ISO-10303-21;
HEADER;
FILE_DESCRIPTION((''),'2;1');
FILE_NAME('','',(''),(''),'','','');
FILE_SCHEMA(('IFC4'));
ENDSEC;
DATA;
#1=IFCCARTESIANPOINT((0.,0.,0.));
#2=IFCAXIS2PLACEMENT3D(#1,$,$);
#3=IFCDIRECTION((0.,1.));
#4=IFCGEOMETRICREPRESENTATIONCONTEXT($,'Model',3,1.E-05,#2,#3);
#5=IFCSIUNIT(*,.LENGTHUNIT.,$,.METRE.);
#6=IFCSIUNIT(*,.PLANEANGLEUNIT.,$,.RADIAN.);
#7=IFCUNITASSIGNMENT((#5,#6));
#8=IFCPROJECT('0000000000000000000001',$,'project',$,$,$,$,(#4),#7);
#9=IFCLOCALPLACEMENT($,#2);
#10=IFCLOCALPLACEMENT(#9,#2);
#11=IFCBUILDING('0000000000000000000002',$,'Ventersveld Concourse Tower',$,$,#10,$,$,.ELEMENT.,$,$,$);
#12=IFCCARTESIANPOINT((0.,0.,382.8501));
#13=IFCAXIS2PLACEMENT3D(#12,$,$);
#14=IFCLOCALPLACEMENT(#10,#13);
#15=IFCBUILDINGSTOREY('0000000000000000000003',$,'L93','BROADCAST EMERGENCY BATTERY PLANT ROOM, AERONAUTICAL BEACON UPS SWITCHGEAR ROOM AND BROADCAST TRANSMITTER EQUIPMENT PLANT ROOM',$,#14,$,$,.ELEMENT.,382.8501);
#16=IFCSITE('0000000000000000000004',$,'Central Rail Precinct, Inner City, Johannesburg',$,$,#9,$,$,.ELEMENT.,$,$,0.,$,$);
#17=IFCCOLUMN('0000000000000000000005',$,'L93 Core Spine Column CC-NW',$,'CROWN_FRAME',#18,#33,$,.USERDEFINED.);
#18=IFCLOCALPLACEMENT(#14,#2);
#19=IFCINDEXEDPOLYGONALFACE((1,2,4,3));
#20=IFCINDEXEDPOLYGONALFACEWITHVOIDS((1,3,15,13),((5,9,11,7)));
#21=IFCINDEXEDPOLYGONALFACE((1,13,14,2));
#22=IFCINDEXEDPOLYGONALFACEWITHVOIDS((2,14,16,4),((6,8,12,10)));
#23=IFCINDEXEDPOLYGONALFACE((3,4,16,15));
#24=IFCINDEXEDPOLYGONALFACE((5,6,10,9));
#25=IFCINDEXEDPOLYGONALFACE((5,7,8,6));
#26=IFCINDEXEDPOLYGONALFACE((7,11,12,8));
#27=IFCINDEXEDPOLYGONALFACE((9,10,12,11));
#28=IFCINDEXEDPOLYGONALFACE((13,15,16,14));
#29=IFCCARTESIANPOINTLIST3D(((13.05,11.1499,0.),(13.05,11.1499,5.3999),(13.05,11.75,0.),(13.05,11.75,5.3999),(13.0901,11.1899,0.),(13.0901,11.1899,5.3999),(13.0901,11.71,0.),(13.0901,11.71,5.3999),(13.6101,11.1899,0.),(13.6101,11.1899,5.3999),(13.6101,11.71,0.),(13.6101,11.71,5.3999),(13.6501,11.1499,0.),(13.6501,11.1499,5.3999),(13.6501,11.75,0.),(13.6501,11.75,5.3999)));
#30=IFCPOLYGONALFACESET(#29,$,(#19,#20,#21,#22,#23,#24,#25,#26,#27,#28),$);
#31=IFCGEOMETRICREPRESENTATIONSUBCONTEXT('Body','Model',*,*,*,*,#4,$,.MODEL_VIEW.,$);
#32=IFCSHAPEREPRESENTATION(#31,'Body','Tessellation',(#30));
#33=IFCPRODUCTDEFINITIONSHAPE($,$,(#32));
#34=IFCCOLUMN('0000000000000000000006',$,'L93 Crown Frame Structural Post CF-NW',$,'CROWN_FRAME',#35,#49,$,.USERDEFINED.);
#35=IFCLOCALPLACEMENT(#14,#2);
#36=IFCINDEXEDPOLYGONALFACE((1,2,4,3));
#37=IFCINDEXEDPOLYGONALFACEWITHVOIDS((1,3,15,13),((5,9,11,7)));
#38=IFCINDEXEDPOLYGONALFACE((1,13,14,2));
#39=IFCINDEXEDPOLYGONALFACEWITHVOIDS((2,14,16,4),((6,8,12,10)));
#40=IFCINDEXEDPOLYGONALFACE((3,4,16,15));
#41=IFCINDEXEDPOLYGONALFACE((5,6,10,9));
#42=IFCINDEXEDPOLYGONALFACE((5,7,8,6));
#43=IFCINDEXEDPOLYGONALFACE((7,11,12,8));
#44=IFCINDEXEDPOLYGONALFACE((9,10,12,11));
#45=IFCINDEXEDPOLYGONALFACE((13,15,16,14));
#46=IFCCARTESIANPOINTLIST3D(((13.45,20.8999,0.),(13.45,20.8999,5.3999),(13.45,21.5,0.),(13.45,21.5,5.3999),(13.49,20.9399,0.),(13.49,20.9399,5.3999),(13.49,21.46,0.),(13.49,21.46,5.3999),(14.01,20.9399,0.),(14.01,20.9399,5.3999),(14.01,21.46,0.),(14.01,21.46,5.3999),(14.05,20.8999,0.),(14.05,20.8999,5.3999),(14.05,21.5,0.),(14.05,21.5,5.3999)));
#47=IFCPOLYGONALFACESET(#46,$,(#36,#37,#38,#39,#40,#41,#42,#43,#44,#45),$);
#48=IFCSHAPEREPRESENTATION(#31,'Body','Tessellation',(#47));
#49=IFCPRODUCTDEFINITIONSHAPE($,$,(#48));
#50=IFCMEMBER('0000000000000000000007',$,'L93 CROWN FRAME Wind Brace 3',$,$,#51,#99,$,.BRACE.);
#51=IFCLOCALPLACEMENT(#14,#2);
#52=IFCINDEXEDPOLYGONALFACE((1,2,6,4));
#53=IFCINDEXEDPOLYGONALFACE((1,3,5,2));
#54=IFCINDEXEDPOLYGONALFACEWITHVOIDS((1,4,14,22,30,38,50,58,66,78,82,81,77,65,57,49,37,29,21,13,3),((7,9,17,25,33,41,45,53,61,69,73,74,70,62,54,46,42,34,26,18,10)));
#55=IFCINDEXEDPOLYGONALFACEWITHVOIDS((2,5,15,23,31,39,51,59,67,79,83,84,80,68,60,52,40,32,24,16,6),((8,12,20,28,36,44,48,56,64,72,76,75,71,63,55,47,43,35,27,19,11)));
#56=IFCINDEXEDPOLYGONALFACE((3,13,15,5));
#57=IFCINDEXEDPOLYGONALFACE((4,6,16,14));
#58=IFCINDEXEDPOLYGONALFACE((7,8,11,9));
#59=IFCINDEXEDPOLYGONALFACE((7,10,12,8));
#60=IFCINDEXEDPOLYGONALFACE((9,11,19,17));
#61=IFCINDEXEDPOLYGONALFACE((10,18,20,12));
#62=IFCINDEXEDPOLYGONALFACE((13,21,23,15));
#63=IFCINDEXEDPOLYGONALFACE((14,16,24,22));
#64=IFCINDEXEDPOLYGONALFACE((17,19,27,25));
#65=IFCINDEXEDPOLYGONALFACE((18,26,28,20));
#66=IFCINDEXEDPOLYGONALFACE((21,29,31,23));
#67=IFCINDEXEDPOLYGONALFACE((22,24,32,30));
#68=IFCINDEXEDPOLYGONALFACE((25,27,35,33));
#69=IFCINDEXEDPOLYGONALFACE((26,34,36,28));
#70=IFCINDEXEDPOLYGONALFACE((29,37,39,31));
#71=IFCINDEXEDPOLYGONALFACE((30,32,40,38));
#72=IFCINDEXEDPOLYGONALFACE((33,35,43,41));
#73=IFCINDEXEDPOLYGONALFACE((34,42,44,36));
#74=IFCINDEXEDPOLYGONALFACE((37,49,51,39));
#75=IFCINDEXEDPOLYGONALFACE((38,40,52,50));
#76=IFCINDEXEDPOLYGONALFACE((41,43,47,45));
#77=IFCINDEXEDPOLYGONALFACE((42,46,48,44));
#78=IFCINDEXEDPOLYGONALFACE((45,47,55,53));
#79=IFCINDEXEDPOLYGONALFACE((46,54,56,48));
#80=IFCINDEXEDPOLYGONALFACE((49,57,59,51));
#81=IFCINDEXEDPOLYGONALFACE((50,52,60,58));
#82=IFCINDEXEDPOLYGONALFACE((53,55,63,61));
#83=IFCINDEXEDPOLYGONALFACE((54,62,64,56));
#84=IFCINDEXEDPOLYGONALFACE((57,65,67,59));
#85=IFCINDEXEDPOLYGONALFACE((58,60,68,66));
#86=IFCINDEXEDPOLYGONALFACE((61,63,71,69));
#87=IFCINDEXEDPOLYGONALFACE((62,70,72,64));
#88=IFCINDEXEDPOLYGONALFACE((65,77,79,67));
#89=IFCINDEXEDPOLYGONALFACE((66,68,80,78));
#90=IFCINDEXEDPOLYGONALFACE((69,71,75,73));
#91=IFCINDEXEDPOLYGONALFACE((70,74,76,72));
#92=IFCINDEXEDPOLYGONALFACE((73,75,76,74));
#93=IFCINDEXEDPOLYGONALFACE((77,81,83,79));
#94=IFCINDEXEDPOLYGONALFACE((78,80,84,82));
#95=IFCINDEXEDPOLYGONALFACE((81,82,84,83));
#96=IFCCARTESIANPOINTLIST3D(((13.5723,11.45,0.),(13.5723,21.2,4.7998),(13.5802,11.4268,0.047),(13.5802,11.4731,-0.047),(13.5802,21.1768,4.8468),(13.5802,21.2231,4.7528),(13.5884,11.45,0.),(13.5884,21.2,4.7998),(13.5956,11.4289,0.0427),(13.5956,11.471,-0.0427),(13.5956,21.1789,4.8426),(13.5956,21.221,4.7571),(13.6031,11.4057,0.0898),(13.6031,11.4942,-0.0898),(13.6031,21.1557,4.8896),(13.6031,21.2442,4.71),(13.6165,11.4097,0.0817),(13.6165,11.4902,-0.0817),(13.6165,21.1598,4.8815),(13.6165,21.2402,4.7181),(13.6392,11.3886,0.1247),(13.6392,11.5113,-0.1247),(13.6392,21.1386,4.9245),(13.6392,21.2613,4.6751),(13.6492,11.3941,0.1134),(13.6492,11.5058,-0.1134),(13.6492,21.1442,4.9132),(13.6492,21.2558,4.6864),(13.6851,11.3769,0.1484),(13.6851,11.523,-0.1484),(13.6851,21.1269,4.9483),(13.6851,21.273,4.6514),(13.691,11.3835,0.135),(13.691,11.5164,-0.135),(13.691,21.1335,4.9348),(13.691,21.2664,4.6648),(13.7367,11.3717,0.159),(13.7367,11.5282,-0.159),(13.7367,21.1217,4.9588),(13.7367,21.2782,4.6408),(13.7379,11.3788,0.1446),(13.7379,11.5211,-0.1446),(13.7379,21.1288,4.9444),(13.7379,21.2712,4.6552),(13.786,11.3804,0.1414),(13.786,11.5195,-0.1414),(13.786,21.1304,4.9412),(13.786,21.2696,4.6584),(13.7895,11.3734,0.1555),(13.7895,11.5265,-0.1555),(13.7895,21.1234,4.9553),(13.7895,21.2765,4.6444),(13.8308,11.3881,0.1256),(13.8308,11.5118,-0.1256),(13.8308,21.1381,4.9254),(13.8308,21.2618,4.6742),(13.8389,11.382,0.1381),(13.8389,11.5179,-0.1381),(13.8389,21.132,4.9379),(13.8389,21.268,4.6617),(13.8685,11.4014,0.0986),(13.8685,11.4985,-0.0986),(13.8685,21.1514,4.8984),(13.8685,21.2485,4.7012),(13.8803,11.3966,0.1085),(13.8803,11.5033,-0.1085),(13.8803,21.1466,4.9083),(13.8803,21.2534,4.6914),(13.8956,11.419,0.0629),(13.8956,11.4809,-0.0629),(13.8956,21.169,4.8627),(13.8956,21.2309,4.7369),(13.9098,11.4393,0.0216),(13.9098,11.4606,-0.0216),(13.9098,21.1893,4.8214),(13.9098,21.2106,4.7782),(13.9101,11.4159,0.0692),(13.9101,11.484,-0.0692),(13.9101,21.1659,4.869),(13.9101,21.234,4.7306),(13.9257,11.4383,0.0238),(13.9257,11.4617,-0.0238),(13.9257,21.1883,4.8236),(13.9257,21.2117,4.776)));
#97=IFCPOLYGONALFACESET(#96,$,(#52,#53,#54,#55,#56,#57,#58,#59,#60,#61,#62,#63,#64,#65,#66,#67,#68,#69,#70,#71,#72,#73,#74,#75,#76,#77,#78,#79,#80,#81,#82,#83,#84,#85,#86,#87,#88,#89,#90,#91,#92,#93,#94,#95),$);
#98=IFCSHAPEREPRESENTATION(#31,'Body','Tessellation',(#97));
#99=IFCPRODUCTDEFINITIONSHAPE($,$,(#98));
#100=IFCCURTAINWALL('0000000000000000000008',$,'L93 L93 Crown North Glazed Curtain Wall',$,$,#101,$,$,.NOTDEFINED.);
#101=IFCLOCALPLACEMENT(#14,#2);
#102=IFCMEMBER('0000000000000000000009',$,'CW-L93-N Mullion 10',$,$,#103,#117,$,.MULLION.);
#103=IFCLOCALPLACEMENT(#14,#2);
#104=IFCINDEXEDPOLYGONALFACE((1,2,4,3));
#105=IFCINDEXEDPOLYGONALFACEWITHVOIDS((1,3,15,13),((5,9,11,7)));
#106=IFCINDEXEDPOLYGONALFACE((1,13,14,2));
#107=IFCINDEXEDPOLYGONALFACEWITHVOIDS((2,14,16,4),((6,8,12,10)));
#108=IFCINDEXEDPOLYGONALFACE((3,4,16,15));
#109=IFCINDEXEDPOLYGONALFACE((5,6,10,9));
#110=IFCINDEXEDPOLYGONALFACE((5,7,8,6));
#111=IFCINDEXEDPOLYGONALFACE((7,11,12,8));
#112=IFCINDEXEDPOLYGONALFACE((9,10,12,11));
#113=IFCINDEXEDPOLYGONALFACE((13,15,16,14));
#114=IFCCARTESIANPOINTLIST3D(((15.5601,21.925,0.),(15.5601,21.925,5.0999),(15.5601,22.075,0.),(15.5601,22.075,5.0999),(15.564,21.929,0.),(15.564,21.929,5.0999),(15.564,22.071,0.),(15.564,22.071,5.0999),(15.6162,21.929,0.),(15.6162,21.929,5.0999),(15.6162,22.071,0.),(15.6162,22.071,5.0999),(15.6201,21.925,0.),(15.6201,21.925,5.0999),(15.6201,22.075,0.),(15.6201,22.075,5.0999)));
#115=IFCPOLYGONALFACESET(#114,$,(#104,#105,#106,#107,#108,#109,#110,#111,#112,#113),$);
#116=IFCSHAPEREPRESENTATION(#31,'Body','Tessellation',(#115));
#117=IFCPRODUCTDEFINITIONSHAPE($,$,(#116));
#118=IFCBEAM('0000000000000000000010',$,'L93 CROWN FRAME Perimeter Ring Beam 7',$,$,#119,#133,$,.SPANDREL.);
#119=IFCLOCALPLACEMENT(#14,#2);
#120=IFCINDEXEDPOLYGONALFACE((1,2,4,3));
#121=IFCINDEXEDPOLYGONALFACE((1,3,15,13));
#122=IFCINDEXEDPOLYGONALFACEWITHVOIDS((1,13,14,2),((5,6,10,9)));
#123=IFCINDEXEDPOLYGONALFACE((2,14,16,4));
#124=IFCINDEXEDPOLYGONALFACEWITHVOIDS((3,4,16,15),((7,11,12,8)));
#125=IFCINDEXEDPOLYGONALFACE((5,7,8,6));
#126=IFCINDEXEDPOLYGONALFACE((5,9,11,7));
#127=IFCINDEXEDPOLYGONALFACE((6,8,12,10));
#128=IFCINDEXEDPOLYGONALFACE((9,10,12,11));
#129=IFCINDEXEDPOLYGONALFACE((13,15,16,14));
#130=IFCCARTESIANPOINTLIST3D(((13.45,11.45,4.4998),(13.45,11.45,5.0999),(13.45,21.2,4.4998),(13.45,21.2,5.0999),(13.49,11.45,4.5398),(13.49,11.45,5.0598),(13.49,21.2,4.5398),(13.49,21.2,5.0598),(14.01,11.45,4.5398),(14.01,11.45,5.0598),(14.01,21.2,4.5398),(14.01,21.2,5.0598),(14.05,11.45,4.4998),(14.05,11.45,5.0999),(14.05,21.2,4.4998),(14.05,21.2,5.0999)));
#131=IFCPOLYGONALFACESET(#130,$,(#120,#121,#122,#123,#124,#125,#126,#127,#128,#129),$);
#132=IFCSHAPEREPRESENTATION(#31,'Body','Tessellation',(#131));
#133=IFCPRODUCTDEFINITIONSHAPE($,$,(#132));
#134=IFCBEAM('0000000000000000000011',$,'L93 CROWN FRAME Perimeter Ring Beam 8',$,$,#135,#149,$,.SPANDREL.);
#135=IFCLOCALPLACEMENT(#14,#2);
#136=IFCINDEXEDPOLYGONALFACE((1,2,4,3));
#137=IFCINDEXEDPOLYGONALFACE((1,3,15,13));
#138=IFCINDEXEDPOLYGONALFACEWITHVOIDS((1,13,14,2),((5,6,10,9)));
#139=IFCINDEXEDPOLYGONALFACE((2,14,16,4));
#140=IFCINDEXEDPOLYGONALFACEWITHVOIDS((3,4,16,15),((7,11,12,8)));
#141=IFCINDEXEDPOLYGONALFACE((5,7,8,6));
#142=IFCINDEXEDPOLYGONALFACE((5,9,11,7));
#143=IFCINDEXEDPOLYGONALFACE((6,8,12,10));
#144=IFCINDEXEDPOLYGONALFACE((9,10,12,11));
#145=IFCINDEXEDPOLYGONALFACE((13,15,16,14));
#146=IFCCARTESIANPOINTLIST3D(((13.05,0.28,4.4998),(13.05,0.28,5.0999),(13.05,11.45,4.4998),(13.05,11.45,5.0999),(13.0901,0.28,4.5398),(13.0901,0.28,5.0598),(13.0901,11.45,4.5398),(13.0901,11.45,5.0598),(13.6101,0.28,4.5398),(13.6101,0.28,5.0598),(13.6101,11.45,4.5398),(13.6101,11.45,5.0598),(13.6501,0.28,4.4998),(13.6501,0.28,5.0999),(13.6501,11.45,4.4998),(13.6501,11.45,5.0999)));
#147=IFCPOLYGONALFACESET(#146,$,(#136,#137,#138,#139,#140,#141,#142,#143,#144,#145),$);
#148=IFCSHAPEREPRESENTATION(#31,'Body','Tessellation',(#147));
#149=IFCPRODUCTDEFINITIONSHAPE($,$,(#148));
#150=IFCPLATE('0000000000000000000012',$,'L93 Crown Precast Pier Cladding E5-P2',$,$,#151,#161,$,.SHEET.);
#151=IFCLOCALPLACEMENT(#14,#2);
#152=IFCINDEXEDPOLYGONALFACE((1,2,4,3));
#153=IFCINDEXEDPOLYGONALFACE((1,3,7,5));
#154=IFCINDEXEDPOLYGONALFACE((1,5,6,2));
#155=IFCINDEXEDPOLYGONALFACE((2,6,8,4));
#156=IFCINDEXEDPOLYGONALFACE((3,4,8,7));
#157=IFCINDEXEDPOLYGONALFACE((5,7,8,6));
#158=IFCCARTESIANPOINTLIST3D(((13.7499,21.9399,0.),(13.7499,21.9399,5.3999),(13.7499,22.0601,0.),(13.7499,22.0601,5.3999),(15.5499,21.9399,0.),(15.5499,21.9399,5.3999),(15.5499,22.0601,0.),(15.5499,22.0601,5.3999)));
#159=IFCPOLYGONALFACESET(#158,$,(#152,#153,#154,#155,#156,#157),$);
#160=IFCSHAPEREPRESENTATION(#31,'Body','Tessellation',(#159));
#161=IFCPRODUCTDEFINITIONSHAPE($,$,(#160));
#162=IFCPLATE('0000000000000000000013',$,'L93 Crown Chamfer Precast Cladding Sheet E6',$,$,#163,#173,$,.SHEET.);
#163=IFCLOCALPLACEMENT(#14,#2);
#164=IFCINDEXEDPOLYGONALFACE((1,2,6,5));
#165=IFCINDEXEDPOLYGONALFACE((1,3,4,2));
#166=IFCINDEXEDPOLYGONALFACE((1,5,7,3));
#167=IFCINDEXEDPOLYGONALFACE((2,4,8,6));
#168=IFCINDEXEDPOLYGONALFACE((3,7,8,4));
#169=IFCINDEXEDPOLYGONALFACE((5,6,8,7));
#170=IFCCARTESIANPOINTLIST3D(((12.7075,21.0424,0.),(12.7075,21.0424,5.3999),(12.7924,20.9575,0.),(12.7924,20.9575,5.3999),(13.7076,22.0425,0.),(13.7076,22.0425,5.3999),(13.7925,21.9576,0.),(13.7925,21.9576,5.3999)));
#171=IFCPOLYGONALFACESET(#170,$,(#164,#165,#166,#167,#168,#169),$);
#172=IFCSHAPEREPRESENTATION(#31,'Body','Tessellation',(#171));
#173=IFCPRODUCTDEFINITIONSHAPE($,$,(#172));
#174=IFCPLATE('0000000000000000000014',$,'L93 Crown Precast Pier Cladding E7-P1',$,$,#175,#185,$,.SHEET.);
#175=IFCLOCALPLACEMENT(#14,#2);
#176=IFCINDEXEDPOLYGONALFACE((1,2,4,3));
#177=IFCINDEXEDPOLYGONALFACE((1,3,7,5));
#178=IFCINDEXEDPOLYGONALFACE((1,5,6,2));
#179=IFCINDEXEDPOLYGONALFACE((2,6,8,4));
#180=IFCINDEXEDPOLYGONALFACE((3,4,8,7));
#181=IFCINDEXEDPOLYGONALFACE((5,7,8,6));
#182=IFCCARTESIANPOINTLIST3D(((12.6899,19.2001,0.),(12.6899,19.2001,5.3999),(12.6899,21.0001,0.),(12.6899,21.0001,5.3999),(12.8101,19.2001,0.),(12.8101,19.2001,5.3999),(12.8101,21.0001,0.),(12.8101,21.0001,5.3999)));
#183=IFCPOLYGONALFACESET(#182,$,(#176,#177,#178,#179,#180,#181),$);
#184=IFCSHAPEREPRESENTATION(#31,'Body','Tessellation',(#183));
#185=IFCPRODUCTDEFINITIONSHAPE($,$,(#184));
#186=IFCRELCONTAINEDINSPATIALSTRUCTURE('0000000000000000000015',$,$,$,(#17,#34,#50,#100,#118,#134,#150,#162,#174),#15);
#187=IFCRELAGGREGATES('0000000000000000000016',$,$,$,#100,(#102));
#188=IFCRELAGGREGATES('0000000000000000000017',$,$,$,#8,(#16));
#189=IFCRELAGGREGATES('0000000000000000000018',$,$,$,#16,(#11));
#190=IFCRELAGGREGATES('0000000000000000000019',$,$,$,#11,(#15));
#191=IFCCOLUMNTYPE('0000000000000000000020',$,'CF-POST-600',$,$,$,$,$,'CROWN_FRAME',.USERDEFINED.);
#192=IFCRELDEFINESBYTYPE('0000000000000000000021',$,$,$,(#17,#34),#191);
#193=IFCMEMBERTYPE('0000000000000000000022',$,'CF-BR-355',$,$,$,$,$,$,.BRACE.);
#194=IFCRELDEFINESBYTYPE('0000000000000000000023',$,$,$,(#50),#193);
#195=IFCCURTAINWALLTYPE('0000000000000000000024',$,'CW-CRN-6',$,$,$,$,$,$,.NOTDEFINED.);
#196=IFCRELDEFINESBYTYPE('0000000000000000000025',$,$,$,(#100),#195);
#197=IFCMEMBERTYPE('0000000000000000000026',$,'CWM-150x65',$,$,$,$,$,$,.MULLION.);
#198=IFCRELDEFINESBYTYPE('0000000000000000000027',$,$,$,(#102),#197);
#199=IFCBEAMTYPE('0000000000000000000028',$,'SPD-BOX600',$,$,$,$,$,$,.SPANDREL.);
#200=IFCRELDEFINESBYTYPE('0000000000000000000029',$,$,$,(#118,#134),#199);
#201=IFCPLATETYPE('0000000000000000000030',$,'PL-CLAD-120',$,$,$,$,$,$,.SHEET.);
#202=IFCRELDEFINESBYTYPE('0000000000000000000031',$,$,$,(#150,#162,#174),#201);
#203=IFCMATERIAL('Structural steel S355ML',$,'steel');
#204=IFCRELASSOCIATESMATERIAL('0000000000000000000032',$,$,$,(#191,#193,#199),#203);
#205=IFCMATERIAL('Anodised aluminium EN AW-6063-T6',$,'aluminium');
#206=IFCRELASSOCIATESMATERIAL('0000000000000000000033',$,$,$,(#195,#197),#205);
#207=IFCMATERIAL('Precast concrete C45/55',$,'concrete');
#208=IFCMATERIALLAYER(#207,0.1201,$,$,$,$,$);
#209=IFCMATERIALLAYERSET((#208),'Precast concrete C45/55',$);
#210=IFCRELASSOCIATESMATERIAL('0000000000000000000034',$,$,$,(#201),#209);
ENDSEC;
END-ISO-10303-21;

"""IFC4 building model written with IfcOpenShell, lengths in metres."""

from ifc_helpers import new_model, si_unit, direction, frame, origin, origin_2d, place, context, subcontext, project, spatial, rectangle, hollow_rectangle, hollow_circle, extrude, material, layer, layer_set, material_profile, profile_set, type_object, element, aggregate, save


model = new_model("IFC4")

# Units and contexts
model_context = context("Model", 3, precision=1e-05, world=origin(), true_north=direction((0.0, 1.0)))
body_context = subcontext(model_context, "Body", "Model", "MODEL_VIEW")
ifc_project = project(units=[si_unit("LENGTHUNIT", "METRE"), si_unit("PLANEANGLEUNIT", "RADIAN")], contexts=[model_context])

# Site, building, storey
site_placement = place(None, origin())
site = spatial("IfcSite", under=ifc_project, at=site_placement, Name="Central Rail Precinct, Inner City, Johannesburg", CompositionType="ELEMENT", RefElevation=0.0)
building_placement = place(site_placement, origin())
building = spatial("IfcBuilding", under=site, at=building_placement, Name="Ventersveld Concourse Tower", CompositionType="ELEMENT")
storey_placement = place(building_placement, frame((0.0, 0.0, 382.8501)))
storey = spatial("IfcBuildingStorey", under=building, at=storey_placement, Name="L93", Description="BROADCAST EMERGENCY BATTERY PLANT ROOM, AERONAUTICAL BEACON UPS SWITCHGEAR ROOM AND BROADCAST TRANSMITTER EQUIPMENT PLANT ROOM", CompositionType="ELEMENT", Elevation=382.8501)

# Columns
ifc_material_1 = material(Name="Structural steel S355ML", Category="steel")
ifc_material_profile_1 = material_profile(ifc_material_1, hollow_rectangle(XDim=0.6001, YDim=0.6001, WallThickness=0.04, at=origin_2d()), Name="BOX 600x600x40")
ifc_profile_set_1 = profile_set([ifc_material_profile_1], Name="Structural steel S355ML")
column_type = type_object("IfcColumnType", Name="CF-POST-600", ElementType="CROWN_FRAME", PredefinedType="USERDEFINED", material=ifc_profile_set_1)
for number, where, z_axis, x_axis, name in (
    (1, (13.3501, 11.45, 0.0), (0.0, 0.0, 1.0), (1.0, 0.0, 0.0), "L93 Core Spine Column CC-NW"),
    (2, (13.75, 21.2, 0.0), (0.0, 0.0, 1.0), (1.0, 0.0, 0.0), "L93 Crown Frame Structural Post CF-NW"),
):
    element("IfcColumn", number, at=place(storey_placement, frame(where, z_axis=z_axis, x_axis=x_axis)), inside=storey, type_object=column_type, Name=name, ObjectType="CROWN_FRAME", PredefinedType="USERDEFINED", context=body_context, shape_type="SweptSolid", body=[
        extrude(hollow_rectangle(XDim=0.6001, YDim=0.6001, WallThickness=0.04, at=origin_2d()), origin(), (0.0, 0.0, 1.0), 5.3999),
    ])

# Member
ifc_material_profile_2 = material_profile(ifc_material_1, hollow_circle(Radius=0.1777, WallThickness=0.0161, at=origin_2d()), Name="CHS 355.6x16")
ifc_profile_set_2 = profile_set([ifc_material_profile_2], Name="Structural steel S355ML")
member_type_1 = type_object("IfcMemberType", Name="CF-BR-355", PredefinedType="BRACE", material=ifc_profile_set_2)
member_1_placement = place(storey_placement, frame((13.75, 11.45, 0.0), z_axis=(0.0, 0.897178, 0.44167), x_axis=(-1.0, 0.0, 0.0)))
element("IfcMember", 3, at=member_1_placement, inside=storey, type_object=member_type_1, Name="L93 CROWN FRAME Wind Brace 3", PredefinedType="BRACE", context=body_context, shape_type="SweptSolid", body=[
    extrude(hollow_circle(Radius=0.1777, WallThickness=0.0161, at=origin_2d()), origin(), (0.0, 0.0, 1.0), 10.8674),
])

# Curtain wall, member
ifc_material_2 = material(Name="Anodised aluminium EN AW-6063-T6", Category="aluminium")
curtain_wall_type = type_object("IfcCurtainWallType", Name="CW-CRN-6", PredefinedType="NOTDEFINED", material=ifc_material_2)
curtain_wall_placement = place(storey_placement, origin())
curtain_wall = element("IfcCurtainWall", 4, at=curtain_wall_placement, inside=storey, type_object=curtain_wall_type, Name="L93 L93 Crown North Glazed Curtain Wall", PredefinedType="NOTDEFINED")
ifc_material_profile_3 = material_profile(ifc_material_2, hollow_rectangle(XDim=0.0601, YDim=0.1499, WallThickness=0.0039, at=origin_2d()), Name="ALU 150x60x4")
ifc_profile_set_3 = profile_set([ifc_material_profile_3], Name="Anodised aluminium EN AW-6063-T6")
member_type_2 = type_object("IfcMemberType", Name="CWM-150x65", PredefinedType="MULLION", material=ifc_profile_set_3)
member_2_placement = place(storey_placement, frame((15.5901, 22.0, 0.0), z_axis=(0.0, 0.0, 1.0), x_axis=(1.0, 0.0, 0.0)))
member_2 = element("IfcMember", 5, at=member_2_placement, type_object=member_type_2, Name="CW-L93-N Mullion 10", PredefinedType="MULLION", context=body_context, shape_type="SweptSolid", body=[
    extrude(hollow_rectangle(XDim=0.0601, YDim=0.1499, WallThickness=0.0039, at=origin_2d()), origin(), (0.0, 0.0, 1.0), 5.0999),
])
aggregate(curtain_wall, [member_2])

# Beams
ifc_material_profile_4 = material_profile(ifc_material_1, hollow_rectangle(XDim=0.6001, YDim=0.6001, WallThickness=0.04, at=origin_2d()), Name="BOX 600x600x40")
ifc_profile_set_4 = profile_set([ifc_material_profile_4], Name="Structural steel S355ML")
beam_type = type_object("IfcBeamType", Name="SPD-BOX600", PredefinedType="SPANDREL", material=ifc_profile_set_4)
beam_1_placement = place(storey_placement, frame((13.75, 21.2, 4.7998), z_axis=(0.0, -1.0, 0.0), x_axis=(1.0, 0.0, 0.0)))
element("IfcBeam", 6, at=beam_1_placement, inside=storey, type_object=beam_type, Name="L93 CROWN FRAME Perimeter Ring Beam 7", PredefinedType="SPANDREL", context=body_context, shape_type="SweptSolid", body=[
    extrude(hollow_rectangle(XDim=0.6001, YDim=0.6001, WallThickness=0.04, at=origin_2d()), origin(), (0.0, 0.0, 1.0), 9.75),
])
beam_2_placement = place(storey_placement, frame((13.3501, 11.45, 4.7998), z_axis=(0.0, -1.0, 0.0), x_axis=(1.0, 0.0, 0.0)))
element("IfcBeam", 7, at=beam_2_placement, inside=storey, type_object=beam_type, Name="L93 CROWN FRAME Perimeter Ring Beam 8", PredefinedType="SPANDREL", context=body_context, shape_type="SweptSolid", body=[
    extrude(hollow_rectangle(XDim=0.6001, YDim=0.6001, WallThickness=0.04, at=origin_2d()), origin(), (0.0, 0.0, 1.0), 11.1699),
])

# Plates
ifc_material_3 = material(Name="Precast concrete C45/55", Category="concrete")
ifc_layer_1 = layer(ifc_material_3, 0.1201)
ifc_layer_set_1 = layer_set([ifc_layer_1], Name="Precast concrete C45/55")
plate_type = type_object("IfcPlateType", Name="PL-CLAD-120", PredefinedType="SHEET", material=ifc_layer_set_1)
plate_1_placement = place(storey_placement, frame((14.6499, 22.0, 0.0), z_axis=(0.0, 0.0, 1.0), x_axis=(-1.0, 0.0, 0.0)))
element("IfcPlate", 8, at=plate_1_placement, inside=storey, type_object=plate_type, Name="L93 Crown Precast Pier Cladding E5-P2", PredefinedType="SHEET", context=body_context, shape_type="SweptSolid", body=[
    extrude(rectangle(XDim=1.8, YDim=0.1201, at=origin_2d()), origin(), (0.0, 0.0, 1.0), 5.3999),
])
plate_2_placement = place(storey_placement, frame((13.25, 21.5, 0.0), z_axis=(0.0, 0.0, 1.0), x_axis=(-0.707107, -0.707107, 0.0)))
element("IfcPlate", 9, at=plate_2_placement, inside=storey, type_object=plate_type, Name="L93 Crown Chamfer Precast Cladding Sheet E6", PredefinedType="SHEET", context=body_context, shape_type="SweptSolid", body=[
    extrude(rectangle(XDim=1.4143, YDim=0.1201, at=origin_2d()), origin(), (0.0, 0.0, 1.0), 5.3999),
])
plate_3_placement = place(storey_placement, frame((12.75, 20.1001, 0.0), z_axis=(0.0, 0.0, 1.0), x_axis=(0.0, -1.0, 0.0)))
element("IfcPlate", 10, at=plate_3_placement, inside=storey, type_object=plate_type, Name="L93 Crown Precast Pier Cladding E7-P1", PredefinedType="SHEET", context=body_context, shape_type="SweptSolid", body=[
    extrude(rectangle(XDim=1.8, YDim=0.1201, at=origin_2d()), origin(), (0.0, 0.0, 1.0), 5.3999),
])

save(model, "model.ifc")
